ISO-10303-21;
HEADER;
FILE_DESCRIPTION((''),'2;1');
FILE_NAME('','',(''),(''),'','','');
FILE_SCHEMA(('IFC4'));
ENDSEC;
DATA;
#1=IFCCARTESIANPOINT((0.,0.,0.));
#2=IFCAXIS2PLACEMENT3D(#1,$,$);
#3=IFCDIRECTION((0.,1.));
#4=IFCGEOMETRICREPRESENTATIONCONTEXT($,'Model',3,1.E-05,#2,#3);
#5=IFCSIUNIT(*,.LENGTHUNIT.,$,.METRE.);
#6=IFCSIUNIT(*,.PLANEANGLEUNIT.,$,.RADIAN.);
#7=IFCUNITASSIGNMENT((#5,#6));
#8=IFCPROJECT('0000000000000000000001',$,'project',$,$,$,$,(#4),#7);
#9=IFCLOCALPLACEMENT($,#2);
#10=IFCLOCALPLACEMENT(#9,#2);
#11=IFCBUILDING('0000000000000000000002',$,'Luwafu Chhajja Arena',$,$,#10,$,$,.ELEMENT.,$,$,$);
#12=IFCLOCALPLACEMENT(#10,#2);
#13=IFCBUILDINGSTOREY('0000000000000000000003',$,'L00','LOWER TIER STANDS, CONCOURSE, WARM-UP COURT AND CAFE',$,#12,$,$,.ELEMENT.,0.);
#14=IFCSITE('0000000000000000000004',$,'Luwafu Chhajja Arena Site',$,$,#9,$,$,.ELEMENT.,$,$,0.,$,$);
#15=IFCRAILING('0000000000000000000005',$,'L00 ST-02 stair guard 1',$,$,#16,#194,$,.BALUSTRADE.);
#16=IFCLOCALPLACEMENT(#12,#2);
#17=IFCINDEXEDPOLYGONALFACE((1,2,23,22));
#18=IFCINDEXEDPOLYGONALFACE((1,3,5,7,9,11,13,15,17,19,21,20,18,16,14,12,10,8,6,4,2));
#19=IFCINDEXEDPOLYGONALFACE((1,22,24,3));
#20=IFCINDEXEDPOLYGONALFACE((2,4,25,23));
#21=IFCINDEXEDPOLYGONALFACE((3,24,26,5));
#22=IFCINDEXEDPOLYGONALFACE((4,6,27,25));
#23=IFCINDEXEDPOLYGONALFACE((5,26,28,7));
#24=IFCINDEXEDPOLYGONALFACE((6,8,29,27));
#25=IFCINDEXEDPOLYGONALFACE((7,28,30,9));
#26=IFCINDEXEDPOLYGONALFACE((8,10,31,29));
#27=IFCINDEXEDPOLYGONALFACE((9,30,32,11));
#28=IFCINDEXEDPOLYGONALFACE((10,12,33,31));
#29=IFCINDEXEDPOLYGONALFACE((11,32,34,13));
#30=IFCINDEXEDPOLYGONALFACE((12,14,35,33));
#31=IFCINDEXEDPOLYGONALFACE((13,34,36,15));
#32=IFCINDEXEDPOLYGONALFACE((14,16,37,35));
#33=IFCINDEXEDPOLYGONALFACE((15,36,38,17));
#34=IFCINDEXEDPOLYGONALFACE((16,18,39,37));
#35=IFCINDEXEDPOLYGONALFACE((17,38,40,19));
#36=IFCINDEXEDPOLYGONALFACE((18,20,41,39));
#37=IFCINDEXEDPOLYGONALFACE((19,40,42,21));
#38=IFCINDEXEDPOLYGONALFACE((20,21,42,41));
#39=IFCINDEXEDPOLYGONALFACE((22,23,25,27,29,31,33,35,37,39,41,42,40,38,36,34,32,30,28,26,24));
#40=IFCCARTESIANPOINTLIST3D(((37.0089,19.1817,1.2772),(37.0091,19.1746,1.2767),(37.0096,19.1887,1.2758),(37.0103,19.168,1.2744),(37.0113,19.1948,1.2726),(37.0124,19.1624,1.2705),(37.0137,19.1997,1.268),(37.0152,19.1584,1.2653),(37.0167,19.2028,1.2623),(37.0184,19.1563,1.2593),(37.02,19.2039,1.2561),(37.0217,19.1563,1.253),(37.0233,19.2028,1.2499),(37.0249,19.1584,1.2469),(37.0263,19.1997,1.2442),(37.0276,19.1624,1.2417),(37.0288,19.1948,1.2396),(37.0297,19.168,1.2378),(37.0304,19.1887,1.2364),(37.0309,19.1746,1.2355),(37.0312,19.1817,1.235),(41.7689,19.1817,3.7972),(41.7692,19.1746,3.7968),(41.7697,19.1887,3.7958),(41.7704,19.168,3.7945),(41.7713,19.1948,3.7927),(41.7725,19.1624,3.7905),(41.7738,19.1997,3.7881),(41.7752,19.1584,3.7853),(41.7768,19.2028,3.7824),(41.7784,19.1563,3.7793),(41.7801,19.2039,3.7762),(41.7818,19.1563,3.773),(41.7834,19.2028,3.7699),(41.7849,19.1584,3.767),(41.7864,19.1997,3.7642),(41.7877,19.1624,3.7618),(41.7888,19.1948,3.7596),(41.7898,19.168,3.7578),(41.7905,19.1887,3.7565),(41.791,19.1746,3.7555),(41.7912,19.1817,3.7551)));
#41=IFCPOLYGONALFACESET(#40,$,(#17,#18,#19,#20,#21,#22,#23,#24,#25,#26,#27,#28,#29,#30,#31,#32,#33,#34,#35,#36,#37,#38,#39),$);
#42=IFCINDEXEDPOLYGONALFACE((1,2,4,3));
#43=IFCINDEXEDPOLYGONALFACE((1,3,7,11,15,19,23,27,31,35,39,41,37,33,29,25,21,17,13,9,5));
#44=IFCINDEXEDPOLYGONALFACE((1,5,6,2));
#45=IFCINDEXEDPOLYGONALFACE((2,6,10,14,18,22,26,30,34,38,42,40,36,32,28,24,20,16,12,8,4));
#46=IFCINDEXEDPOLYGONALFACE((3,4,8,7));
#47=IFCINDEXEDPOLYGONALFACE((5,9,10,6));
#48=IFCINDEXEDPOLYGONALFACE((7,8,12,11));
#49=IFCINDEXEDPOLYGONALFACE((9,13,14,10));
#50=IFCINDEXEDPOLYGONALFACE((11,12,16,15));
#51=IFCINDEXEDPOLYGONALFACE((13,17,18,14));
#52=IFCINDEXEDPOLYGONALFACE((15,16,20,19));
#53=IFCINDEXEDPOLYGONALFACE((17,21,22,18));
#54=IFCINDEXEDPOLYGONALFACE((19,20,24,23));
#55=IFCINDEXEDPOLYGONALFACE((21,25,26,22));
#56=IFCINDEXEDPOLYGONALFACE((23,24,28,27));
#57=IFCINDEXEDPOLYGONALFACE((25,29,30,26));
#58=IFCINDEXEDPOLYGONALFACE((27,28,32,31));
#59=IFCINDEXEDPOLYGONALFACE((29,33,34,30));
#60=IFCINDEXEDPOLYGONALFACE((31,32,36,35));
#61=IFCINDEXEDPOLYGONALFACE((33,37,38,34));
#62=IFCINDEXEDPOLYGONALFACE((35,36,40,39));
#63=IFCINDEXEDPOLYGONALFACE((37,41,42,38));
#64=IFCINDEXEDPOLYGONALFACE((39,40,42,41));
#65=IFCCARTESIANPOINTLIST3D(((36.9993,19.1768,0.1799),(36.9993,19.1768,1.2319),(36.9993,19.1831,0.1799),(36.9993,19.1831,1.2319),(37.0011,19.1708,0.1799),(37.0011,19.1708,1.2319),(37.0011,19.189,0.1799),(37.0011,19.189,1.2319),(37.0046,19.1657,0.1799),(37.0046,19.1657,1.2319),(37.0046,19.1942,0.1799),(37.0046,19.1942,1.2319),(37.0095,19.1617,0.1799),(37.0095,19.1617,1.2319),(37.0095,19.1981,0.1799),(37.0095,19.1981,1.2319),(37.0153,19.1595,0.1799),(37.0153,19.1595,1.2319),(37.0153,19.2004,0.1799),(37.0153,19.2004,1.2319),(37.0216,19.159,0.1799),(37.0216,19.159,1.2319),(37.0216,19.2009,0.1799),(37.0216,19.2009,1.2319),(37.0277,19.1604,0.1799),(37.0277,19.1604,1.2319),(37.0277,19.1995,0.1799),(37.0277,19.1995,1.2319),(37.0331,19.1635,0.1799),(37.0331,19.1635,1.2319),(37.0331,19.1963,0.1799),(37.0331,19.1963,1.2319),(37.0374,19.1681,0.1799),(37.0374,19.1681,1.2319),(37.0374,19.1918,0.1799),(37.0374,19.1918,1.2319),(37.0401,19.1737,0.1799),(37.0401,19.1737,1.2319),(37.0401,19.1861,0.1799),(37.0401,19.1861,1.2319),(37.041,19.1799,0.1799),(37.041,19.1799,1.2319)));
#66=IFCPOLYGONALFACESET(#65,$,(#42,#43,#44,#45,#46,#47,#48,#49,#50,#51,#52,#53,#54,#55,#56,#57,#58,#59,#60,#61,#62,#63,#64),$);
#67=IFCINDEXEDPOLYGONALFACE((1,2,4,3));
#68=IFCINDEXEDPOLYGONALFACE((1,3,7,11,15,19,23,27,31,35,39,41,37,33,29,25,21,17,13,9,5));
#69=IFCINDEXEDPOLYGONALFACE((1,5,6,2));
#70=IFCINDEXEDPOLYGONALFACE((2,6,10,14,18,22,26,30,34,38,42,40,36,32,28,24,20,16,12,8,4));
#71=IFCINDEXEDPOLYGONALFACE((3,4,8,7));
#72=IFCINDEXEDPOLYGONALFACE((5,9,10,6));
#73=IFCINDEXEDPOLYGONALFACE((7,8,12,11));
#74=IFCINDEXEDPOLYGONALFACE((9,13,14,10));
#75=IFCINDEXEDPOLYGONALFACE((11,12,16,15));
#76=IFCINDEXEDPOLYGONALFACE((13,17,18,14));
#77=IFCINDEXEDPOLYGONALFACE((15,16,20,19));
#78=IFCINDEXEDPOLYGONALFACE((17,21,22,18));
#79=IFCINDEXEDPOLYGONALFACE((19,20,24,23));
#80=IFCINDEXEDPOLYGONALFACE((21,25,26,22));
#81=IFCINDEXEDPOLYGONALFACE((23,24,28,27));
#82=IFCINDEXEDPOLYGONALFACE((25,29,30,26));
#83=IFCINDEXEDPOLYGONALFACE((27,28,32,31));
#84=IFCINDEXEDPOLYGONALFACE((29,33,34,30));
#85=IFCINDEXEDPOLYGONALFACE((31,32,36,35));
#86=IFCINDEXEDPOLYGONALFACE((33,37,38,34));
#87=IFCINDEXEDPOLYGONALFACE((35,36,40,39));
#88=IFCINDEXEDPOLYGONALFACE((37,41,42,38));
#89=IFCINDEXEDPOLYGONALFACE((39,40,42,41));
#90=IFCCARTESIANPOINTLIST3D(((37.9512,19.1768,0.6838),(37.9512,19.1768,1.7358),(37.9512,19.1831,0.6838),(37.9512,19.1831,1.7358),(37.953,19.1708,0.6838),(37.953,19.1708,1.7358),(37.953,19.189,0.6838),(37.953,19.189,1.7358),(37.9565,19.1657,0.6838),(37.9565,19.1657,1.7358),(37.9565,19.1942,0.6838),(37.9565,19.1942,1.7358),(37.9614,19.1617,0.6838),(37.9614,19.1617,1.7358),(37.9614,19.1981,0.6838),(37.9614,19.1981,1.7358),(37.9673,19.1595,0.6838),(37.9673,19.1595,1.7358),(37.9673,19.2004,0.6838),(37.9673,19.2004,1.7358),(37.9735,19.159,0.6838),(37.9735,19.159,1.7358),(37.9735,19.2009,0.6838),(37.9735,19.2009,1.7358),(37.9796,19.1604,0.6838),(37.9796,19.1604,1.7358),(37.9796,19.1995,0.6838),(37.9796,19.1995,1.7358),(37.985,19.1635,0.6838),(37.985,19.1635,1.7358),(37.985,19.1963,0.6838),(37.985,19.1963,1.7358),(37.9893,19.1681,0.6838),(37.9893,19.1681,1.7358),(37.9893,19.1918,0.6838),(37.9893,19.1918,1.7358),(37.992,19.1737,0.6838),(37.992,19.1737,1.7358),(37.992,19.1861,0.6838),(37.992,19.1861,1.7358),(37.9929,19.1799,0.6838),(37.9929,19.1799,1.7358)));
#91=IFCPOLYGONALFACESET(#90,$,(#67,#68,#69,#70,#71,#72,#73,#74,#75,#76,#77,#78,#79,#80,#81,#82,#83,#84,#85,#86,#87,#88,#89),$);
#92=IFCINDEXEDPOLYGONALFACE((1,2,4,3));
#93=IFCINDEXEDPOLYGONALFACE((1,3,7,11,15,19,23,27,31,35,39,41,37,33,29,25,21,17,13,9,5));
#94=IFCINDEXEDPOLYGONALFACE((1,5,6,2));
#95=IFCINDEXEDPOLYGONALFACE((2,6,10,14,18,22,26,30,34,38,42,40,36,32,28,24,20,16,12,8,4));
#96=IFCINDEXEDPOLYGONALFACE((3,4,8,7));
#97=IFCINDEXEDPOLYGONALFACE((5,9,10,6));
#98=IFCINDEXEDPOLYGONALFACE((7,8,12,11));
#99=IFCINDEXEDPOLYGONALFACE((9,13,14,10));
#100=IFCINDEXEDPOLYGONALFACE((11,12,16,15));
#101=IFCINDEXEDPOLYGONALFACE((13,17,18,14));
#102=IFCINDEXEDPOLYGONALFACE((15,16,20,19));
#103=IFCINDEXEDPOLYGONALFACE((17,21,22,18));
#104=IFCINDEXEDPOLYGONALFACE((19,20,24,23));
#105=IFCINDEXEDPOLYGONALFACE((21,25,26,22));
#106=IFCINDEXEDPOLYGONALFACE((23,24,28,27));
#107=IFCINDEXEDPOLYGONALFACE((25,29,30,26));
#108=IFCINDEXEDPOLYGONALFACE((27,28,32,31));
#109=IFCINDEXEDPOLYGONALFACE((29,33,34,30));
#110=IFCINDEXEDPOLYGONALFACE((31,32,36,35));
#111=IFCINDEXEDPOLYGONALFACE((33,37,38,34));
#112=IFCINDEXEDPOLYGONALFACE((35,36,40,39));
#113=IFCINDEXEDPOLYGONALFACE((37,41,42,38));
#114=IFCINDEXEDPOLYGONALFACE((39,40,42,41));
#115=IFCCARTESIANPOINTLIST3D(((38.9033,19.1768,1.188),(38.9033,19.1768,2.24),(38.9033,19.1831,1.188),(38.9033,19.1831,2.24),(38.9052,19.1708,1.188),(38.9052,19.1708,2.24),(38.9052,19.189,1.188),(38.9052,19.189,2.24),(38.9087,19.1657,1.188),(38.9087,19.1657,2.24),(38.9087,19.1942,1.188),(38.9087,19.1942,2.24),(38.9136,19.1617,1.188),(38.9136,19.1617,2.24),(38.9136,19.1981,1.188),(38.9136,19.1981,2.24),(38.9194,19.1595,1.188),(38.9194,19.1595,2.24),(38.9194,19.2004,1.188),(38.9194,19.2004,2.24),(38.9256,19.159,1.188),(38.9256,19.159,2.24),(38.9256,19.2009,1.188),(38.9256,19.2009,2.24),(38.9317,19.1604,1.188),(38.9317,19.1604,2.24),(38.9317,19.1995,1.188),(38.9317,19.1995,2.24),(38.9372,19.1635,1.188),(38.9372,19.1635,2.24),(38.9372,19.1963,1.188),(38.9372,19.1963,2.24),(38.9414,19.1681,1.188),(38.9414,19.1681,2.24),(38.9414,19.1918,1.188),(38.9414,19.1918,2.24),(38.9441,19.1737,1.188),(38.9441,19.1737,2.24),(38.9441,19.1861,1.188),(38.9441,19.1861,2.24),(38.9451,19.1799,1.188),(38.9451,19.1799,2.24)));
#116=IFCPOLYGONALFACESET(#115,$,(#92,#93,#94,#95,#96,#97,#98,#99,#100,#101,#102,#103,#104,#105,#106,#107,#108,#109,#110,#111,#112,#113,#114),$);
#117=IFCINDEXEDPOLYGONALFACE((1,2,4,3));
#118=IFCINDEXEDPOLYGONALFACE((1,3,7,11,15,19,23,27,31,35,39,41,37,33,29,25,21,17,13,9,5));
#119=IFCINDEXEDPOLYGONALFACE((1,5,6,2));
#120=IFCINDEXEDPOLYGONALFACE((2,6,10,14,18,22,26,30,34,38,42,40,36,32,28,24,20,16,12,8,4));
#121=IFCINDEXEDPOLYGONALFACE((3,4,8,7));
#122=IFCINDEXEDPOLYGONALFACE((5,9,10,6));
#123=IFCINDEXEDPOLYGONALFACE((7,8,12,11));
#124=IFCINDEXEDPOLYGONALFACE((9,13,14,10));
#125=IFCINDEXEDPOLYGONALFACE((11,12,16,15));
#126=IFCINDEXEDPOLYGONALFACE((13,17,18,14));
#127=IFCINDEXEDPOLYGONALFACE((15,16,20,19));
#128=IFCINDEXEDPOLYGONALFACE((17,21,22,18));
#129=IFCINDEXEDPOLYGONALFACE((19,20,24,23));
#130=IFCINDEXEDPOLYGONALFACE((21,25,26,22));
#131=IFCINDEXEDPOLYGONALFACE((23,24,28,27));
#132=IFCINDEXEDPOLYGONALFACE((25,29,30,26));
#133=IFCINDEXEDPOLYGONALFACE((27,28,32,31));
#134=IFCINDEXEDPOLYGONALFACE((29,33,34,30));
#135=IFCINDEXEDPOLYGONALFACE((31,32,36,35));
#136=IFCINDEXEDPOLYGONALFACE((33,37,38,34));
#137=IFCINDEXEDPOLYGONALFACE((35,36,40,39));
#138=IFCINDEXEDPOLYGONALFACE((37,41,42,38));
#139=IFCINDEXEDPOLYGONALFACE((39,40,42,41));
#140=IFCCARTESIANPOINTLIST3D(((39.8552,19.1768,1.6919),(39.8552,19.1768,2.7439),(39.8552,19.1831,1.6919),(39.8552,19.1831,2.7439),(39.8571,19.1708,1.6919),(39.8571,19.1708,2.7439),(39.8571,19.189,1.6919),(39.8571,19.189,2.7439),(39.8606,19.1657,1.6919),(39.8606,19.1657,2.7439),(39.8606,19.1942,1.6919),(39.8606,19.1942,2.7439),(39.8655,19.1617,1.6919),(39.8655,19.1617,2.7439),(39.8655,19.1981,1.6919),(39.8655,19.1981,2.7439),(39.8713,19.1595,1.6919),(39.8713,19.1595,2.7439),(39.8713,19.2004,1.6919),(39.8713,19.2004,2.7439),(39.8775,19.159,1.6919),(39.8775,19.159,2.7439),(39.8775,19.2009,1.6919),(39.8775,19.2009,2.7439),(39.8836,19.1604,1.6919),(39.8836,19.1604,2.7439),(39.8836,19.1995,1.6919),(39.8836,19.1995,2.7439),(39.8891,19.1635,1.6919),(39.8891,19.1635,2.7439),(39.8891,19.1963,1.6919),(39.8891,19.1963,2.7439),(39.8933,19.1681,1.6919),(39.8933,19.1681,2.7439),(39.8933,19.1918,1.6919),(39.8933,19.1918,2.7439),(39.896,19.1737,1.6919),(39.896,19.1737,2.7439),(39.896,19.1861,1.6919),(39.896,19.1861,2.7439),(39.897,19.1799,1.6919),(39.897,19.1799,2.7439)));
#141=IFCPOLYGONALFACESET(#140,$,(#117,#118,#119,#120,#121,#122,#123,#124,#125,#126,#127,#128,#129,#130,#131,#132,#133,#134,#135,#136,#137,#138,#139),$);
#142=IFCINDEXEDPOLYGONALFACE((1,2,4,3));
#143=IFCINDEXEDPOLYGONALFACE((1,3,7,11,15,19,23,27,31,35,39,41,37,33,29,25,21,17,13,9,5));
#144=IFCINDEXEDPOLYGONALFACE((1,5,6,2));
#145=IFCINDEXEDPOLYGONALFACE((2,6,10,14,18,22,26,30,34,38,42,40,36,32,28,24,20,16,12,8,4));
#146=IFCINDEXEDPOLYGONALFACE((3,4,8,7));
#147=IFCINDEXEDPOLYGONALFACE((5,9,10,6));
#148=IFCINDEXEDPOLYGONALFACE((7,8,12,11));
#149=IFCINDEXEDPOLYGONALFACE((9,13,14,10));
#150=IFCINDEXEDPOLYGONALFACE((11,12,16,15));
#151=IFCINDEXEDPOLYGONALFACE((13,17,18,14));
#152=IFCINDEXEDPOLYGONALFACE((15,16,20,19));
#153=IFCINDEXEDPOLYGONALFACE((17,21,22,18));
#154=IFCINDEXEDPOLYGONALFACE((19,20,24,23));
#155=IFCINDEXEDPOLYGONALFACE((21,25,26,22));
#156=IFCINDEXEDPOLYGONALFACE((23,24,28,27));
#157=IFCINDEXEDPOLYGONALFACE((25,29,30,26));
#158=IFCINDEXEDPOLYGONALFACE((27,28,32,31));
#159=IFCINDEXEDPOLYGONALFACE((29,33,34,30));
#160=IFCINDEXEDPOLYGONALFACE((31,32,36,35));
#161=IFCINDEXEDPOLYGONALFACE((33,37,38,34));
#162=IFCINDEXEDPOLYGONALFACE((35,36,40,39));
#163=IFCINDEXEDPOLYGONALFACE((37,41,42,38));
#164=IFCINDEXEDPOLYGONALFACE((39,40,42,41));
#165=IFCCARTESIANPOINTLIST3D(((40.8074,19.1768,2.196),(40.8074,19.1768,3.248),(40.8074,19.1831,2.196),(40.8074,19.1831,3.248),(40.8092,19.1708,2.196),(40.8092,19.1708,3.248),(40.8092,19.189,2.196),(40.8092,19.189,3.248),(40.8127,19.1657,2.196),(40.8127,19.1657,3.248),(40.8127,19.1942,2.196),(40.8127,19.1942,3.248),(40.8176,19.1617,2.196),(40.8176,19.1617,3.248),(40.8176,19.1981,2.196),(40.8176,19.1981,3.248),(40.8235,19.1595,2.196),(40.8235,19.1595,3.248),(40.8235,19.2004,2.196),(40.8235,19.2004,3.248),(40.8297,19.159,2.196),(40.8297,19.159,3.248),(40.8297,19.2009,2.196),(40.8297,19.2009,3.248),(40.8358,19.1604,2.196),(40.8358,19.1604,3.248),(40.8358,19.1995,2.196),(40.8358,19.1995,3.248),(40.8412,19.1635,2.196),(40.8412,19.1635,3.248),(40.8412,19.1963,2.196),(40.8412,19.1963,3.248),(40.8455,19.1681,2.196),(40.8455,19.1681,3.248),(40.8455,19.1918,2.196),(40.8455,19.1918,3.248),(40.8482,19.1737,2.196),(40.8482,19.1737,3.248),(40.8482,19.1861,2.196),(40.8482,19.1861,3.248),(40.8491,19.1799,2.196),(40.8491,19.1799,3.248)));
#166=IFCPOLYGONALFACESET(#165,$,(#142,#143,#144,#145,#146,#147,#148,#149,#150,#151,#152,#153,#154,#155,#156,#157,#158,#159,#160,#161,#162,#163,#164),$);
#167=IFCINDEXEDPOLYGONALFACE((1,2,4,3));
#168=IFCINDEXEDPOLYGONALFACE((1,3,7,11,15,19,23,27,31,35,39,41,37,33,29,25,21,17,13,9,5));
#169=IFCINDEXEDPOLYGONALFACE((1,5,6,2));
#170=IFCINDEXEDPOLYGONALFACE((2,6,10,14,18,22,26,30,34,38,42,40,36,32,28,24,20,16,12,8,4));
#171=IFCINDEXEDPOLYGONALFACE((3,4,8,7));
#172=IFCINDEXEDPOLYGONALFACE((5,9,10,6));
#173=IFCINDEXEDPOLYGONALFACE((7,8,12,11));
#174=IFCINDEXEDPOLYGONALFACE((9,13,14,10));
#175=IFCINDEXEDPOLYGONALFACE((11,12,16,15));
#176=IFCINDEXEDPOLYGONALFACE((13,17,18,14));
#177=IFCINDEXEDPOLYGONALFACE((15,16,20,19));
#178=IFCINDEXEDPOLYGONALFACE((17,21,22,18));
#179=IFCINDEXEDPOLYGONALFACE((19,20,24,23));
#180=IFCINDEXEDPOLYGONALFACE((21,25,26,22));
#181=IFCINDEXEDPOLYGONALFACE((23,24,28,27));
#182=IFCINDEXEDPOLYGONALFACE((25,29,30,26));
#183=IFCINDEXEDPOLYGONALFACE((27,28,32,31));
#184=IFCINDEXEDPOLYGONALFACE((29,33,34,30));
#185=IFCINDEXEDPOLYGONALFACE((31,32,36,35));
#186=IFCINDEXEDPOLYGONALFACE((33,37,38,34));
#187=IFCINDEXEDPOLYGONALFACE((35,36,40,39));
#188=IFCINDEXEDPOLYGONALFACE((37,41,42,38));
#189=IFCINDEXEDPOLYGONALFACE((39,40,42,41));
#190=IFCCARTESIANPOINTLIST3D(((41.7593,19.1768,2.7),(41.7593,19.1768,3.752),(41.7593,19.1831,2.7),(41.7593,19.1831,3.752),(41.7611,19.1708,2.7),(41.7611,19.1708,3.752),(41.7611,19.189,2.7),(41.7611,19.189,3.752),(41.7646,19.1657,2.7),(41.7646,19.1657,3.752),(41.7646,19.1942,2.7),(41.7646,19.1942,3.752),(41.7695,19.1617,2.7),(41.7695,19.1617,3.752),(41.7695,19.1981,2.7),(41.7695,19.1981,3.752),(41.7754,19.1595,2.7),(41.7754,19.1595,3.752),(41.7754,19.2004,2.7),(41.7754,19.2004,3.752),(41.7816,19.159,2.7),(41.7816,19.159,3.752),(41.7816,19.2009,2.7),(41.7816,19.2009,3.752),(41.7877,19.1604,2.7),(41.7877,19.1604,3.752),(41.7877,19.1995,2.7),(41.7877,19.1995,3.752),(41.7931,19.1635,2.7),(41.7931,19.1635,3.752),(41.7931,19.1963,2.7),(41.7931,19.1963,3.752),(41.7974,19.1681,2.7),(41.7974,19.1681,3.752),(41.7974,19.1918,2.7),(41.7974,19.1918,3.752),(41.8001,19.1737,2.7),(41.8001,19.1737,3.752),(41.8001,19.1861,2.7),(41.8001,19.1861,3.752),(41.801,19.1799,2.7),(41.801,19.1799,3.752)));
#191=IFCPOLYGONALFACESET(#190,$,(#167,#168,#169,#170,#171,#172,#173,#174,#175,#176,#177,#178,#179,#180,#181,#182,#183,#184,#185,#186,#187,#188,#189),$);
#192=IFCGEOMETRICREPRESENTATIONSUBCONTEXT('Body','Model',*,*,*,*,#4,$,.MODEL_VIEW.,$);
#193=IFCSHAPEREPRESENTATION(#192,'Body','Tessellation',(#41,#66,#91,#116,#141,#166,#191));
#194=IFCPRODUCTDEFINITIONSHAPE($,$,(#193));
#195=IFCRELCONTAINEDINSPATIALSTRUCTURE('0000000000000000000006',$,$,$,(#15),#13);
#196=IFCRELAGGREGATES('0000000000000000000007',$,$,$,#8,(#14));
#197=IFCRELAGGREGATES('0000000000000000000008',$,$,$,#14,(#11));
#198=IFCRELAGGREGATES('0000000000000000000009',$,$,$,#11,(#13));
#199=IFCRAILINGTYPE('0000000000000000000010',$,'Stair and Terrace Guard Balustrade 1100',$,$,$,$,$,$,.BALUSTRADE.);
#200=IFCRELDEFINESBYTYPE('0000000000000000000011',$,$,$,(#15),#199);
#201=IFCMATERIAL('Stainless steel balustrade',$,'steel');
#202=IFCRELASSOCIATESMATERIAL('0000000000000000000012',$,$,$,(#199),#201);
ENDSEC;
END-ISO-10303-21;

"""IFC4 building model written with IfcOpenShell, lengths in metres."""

from ifc_helpers import new_model, si_unit, direction, frame, origin, origin_2d, place, context, subcontext, project, spatial, circle, extrude, material, type_object, element, save


model = new_model("IFC4")

# Units and contexts
model_context = context("Model", 3, precision=1e-05, world=origin(), true_north=direction((0.0, 1.0)))
body_context = subcontext(model_context, "Body", "Model", "MODEL_VIEW")
ifc_project = project(units=[si_unit("LENGTHUNIT", "METRE"), si_unit("PLANEANGLEUNIT", "RADIAN")], contexts=[model_context])

# Site, building, storey
site_placement = place(None, origin())
site = spatial("IfcSite", under=ifc_project, at=site_placement, Name="Luwafu Chhajja Arena Site", CompositionType="ELEMENT", RefElevation=0.0)
building_placement = place(site_placement, origin())
building = spatial("IfcBuilding", under=site, at=building_placement, Name="Luwafu Chhajja Arena", CompositionType="ELEMENT")
storey_placement = place(building_placement, origin())
storey = spatial("IfcBuildingStorey", under=building, at=storey_placement, Name="L00", Description="LOWER TIER STANDS, CONCOURSE, WARM-UP COURT AND CAFE", CompositionType="ELEMENT", Elevation=0.0)

# Railing
ifc_material_1 = material(Name="Stainless steel balustrade", Category="steel")
railing_type_1 = type_object("IfcRailingType", Name="Stair and Terrace Guard Balustrade 1100", PredefinedType="BALUSTRADE", material=ifc_material_1)
railing_1_placement = place(storey_placement, frame((37.02, 19.1799, 0.1799)))
element("IfcRailing", 1, at=railing_1_placement, inside=storey, type_object=railing_type_1, Name="L00 ST-02 stair guard 1", PredefinedType="BALUSTRADE", context=body_context, shape_type="SweptSolid", body=[
    extrude(circle(Radius=0.0239, at=origin_2d()), frame((0.0, 0.0, 1.0762), z_axis=(0.883787, 0.0, 0.46789), x_axis=(0.0, 1.0, 0.0)), (0.0, 0.0, 1.0), 5.386),
    extrude(circle(Radius=0.021, at=origin_2d()), origin(), (0.0, 0.0, 1.0), 1.052),
    extrude(circle(Radius=0.021, at=origin_2d()), frame((0.9519, 0.0, 0.5039)), (0.0, 0.0, 1.0), 1.052),
    extrude(circle(Radius=0.021, at=origin_2d()), frame((1.9041, 0.0, 1.0081)), (0.0, 0.0, 1.0), 1.052),
    extrude(circle(Radius=0.021, at=origin_2d()), frame((2.856, 0.0, 1.512)), (0.0, 0.0, 1.0), 1.052),
    extrude(circle(Radius=0.021, at=origin_2d()), frame((3.8081, 0.0, 2.0161)), (0.0, 0.0, 1.0), 1.052),
    extrude(circle(Radius=0.021, at=origin_2d()), frame((4.76, 0.0, 2.52)), (0.0, 0.0, 1.0), 1.052),
])

save(model, "model.ifc")
